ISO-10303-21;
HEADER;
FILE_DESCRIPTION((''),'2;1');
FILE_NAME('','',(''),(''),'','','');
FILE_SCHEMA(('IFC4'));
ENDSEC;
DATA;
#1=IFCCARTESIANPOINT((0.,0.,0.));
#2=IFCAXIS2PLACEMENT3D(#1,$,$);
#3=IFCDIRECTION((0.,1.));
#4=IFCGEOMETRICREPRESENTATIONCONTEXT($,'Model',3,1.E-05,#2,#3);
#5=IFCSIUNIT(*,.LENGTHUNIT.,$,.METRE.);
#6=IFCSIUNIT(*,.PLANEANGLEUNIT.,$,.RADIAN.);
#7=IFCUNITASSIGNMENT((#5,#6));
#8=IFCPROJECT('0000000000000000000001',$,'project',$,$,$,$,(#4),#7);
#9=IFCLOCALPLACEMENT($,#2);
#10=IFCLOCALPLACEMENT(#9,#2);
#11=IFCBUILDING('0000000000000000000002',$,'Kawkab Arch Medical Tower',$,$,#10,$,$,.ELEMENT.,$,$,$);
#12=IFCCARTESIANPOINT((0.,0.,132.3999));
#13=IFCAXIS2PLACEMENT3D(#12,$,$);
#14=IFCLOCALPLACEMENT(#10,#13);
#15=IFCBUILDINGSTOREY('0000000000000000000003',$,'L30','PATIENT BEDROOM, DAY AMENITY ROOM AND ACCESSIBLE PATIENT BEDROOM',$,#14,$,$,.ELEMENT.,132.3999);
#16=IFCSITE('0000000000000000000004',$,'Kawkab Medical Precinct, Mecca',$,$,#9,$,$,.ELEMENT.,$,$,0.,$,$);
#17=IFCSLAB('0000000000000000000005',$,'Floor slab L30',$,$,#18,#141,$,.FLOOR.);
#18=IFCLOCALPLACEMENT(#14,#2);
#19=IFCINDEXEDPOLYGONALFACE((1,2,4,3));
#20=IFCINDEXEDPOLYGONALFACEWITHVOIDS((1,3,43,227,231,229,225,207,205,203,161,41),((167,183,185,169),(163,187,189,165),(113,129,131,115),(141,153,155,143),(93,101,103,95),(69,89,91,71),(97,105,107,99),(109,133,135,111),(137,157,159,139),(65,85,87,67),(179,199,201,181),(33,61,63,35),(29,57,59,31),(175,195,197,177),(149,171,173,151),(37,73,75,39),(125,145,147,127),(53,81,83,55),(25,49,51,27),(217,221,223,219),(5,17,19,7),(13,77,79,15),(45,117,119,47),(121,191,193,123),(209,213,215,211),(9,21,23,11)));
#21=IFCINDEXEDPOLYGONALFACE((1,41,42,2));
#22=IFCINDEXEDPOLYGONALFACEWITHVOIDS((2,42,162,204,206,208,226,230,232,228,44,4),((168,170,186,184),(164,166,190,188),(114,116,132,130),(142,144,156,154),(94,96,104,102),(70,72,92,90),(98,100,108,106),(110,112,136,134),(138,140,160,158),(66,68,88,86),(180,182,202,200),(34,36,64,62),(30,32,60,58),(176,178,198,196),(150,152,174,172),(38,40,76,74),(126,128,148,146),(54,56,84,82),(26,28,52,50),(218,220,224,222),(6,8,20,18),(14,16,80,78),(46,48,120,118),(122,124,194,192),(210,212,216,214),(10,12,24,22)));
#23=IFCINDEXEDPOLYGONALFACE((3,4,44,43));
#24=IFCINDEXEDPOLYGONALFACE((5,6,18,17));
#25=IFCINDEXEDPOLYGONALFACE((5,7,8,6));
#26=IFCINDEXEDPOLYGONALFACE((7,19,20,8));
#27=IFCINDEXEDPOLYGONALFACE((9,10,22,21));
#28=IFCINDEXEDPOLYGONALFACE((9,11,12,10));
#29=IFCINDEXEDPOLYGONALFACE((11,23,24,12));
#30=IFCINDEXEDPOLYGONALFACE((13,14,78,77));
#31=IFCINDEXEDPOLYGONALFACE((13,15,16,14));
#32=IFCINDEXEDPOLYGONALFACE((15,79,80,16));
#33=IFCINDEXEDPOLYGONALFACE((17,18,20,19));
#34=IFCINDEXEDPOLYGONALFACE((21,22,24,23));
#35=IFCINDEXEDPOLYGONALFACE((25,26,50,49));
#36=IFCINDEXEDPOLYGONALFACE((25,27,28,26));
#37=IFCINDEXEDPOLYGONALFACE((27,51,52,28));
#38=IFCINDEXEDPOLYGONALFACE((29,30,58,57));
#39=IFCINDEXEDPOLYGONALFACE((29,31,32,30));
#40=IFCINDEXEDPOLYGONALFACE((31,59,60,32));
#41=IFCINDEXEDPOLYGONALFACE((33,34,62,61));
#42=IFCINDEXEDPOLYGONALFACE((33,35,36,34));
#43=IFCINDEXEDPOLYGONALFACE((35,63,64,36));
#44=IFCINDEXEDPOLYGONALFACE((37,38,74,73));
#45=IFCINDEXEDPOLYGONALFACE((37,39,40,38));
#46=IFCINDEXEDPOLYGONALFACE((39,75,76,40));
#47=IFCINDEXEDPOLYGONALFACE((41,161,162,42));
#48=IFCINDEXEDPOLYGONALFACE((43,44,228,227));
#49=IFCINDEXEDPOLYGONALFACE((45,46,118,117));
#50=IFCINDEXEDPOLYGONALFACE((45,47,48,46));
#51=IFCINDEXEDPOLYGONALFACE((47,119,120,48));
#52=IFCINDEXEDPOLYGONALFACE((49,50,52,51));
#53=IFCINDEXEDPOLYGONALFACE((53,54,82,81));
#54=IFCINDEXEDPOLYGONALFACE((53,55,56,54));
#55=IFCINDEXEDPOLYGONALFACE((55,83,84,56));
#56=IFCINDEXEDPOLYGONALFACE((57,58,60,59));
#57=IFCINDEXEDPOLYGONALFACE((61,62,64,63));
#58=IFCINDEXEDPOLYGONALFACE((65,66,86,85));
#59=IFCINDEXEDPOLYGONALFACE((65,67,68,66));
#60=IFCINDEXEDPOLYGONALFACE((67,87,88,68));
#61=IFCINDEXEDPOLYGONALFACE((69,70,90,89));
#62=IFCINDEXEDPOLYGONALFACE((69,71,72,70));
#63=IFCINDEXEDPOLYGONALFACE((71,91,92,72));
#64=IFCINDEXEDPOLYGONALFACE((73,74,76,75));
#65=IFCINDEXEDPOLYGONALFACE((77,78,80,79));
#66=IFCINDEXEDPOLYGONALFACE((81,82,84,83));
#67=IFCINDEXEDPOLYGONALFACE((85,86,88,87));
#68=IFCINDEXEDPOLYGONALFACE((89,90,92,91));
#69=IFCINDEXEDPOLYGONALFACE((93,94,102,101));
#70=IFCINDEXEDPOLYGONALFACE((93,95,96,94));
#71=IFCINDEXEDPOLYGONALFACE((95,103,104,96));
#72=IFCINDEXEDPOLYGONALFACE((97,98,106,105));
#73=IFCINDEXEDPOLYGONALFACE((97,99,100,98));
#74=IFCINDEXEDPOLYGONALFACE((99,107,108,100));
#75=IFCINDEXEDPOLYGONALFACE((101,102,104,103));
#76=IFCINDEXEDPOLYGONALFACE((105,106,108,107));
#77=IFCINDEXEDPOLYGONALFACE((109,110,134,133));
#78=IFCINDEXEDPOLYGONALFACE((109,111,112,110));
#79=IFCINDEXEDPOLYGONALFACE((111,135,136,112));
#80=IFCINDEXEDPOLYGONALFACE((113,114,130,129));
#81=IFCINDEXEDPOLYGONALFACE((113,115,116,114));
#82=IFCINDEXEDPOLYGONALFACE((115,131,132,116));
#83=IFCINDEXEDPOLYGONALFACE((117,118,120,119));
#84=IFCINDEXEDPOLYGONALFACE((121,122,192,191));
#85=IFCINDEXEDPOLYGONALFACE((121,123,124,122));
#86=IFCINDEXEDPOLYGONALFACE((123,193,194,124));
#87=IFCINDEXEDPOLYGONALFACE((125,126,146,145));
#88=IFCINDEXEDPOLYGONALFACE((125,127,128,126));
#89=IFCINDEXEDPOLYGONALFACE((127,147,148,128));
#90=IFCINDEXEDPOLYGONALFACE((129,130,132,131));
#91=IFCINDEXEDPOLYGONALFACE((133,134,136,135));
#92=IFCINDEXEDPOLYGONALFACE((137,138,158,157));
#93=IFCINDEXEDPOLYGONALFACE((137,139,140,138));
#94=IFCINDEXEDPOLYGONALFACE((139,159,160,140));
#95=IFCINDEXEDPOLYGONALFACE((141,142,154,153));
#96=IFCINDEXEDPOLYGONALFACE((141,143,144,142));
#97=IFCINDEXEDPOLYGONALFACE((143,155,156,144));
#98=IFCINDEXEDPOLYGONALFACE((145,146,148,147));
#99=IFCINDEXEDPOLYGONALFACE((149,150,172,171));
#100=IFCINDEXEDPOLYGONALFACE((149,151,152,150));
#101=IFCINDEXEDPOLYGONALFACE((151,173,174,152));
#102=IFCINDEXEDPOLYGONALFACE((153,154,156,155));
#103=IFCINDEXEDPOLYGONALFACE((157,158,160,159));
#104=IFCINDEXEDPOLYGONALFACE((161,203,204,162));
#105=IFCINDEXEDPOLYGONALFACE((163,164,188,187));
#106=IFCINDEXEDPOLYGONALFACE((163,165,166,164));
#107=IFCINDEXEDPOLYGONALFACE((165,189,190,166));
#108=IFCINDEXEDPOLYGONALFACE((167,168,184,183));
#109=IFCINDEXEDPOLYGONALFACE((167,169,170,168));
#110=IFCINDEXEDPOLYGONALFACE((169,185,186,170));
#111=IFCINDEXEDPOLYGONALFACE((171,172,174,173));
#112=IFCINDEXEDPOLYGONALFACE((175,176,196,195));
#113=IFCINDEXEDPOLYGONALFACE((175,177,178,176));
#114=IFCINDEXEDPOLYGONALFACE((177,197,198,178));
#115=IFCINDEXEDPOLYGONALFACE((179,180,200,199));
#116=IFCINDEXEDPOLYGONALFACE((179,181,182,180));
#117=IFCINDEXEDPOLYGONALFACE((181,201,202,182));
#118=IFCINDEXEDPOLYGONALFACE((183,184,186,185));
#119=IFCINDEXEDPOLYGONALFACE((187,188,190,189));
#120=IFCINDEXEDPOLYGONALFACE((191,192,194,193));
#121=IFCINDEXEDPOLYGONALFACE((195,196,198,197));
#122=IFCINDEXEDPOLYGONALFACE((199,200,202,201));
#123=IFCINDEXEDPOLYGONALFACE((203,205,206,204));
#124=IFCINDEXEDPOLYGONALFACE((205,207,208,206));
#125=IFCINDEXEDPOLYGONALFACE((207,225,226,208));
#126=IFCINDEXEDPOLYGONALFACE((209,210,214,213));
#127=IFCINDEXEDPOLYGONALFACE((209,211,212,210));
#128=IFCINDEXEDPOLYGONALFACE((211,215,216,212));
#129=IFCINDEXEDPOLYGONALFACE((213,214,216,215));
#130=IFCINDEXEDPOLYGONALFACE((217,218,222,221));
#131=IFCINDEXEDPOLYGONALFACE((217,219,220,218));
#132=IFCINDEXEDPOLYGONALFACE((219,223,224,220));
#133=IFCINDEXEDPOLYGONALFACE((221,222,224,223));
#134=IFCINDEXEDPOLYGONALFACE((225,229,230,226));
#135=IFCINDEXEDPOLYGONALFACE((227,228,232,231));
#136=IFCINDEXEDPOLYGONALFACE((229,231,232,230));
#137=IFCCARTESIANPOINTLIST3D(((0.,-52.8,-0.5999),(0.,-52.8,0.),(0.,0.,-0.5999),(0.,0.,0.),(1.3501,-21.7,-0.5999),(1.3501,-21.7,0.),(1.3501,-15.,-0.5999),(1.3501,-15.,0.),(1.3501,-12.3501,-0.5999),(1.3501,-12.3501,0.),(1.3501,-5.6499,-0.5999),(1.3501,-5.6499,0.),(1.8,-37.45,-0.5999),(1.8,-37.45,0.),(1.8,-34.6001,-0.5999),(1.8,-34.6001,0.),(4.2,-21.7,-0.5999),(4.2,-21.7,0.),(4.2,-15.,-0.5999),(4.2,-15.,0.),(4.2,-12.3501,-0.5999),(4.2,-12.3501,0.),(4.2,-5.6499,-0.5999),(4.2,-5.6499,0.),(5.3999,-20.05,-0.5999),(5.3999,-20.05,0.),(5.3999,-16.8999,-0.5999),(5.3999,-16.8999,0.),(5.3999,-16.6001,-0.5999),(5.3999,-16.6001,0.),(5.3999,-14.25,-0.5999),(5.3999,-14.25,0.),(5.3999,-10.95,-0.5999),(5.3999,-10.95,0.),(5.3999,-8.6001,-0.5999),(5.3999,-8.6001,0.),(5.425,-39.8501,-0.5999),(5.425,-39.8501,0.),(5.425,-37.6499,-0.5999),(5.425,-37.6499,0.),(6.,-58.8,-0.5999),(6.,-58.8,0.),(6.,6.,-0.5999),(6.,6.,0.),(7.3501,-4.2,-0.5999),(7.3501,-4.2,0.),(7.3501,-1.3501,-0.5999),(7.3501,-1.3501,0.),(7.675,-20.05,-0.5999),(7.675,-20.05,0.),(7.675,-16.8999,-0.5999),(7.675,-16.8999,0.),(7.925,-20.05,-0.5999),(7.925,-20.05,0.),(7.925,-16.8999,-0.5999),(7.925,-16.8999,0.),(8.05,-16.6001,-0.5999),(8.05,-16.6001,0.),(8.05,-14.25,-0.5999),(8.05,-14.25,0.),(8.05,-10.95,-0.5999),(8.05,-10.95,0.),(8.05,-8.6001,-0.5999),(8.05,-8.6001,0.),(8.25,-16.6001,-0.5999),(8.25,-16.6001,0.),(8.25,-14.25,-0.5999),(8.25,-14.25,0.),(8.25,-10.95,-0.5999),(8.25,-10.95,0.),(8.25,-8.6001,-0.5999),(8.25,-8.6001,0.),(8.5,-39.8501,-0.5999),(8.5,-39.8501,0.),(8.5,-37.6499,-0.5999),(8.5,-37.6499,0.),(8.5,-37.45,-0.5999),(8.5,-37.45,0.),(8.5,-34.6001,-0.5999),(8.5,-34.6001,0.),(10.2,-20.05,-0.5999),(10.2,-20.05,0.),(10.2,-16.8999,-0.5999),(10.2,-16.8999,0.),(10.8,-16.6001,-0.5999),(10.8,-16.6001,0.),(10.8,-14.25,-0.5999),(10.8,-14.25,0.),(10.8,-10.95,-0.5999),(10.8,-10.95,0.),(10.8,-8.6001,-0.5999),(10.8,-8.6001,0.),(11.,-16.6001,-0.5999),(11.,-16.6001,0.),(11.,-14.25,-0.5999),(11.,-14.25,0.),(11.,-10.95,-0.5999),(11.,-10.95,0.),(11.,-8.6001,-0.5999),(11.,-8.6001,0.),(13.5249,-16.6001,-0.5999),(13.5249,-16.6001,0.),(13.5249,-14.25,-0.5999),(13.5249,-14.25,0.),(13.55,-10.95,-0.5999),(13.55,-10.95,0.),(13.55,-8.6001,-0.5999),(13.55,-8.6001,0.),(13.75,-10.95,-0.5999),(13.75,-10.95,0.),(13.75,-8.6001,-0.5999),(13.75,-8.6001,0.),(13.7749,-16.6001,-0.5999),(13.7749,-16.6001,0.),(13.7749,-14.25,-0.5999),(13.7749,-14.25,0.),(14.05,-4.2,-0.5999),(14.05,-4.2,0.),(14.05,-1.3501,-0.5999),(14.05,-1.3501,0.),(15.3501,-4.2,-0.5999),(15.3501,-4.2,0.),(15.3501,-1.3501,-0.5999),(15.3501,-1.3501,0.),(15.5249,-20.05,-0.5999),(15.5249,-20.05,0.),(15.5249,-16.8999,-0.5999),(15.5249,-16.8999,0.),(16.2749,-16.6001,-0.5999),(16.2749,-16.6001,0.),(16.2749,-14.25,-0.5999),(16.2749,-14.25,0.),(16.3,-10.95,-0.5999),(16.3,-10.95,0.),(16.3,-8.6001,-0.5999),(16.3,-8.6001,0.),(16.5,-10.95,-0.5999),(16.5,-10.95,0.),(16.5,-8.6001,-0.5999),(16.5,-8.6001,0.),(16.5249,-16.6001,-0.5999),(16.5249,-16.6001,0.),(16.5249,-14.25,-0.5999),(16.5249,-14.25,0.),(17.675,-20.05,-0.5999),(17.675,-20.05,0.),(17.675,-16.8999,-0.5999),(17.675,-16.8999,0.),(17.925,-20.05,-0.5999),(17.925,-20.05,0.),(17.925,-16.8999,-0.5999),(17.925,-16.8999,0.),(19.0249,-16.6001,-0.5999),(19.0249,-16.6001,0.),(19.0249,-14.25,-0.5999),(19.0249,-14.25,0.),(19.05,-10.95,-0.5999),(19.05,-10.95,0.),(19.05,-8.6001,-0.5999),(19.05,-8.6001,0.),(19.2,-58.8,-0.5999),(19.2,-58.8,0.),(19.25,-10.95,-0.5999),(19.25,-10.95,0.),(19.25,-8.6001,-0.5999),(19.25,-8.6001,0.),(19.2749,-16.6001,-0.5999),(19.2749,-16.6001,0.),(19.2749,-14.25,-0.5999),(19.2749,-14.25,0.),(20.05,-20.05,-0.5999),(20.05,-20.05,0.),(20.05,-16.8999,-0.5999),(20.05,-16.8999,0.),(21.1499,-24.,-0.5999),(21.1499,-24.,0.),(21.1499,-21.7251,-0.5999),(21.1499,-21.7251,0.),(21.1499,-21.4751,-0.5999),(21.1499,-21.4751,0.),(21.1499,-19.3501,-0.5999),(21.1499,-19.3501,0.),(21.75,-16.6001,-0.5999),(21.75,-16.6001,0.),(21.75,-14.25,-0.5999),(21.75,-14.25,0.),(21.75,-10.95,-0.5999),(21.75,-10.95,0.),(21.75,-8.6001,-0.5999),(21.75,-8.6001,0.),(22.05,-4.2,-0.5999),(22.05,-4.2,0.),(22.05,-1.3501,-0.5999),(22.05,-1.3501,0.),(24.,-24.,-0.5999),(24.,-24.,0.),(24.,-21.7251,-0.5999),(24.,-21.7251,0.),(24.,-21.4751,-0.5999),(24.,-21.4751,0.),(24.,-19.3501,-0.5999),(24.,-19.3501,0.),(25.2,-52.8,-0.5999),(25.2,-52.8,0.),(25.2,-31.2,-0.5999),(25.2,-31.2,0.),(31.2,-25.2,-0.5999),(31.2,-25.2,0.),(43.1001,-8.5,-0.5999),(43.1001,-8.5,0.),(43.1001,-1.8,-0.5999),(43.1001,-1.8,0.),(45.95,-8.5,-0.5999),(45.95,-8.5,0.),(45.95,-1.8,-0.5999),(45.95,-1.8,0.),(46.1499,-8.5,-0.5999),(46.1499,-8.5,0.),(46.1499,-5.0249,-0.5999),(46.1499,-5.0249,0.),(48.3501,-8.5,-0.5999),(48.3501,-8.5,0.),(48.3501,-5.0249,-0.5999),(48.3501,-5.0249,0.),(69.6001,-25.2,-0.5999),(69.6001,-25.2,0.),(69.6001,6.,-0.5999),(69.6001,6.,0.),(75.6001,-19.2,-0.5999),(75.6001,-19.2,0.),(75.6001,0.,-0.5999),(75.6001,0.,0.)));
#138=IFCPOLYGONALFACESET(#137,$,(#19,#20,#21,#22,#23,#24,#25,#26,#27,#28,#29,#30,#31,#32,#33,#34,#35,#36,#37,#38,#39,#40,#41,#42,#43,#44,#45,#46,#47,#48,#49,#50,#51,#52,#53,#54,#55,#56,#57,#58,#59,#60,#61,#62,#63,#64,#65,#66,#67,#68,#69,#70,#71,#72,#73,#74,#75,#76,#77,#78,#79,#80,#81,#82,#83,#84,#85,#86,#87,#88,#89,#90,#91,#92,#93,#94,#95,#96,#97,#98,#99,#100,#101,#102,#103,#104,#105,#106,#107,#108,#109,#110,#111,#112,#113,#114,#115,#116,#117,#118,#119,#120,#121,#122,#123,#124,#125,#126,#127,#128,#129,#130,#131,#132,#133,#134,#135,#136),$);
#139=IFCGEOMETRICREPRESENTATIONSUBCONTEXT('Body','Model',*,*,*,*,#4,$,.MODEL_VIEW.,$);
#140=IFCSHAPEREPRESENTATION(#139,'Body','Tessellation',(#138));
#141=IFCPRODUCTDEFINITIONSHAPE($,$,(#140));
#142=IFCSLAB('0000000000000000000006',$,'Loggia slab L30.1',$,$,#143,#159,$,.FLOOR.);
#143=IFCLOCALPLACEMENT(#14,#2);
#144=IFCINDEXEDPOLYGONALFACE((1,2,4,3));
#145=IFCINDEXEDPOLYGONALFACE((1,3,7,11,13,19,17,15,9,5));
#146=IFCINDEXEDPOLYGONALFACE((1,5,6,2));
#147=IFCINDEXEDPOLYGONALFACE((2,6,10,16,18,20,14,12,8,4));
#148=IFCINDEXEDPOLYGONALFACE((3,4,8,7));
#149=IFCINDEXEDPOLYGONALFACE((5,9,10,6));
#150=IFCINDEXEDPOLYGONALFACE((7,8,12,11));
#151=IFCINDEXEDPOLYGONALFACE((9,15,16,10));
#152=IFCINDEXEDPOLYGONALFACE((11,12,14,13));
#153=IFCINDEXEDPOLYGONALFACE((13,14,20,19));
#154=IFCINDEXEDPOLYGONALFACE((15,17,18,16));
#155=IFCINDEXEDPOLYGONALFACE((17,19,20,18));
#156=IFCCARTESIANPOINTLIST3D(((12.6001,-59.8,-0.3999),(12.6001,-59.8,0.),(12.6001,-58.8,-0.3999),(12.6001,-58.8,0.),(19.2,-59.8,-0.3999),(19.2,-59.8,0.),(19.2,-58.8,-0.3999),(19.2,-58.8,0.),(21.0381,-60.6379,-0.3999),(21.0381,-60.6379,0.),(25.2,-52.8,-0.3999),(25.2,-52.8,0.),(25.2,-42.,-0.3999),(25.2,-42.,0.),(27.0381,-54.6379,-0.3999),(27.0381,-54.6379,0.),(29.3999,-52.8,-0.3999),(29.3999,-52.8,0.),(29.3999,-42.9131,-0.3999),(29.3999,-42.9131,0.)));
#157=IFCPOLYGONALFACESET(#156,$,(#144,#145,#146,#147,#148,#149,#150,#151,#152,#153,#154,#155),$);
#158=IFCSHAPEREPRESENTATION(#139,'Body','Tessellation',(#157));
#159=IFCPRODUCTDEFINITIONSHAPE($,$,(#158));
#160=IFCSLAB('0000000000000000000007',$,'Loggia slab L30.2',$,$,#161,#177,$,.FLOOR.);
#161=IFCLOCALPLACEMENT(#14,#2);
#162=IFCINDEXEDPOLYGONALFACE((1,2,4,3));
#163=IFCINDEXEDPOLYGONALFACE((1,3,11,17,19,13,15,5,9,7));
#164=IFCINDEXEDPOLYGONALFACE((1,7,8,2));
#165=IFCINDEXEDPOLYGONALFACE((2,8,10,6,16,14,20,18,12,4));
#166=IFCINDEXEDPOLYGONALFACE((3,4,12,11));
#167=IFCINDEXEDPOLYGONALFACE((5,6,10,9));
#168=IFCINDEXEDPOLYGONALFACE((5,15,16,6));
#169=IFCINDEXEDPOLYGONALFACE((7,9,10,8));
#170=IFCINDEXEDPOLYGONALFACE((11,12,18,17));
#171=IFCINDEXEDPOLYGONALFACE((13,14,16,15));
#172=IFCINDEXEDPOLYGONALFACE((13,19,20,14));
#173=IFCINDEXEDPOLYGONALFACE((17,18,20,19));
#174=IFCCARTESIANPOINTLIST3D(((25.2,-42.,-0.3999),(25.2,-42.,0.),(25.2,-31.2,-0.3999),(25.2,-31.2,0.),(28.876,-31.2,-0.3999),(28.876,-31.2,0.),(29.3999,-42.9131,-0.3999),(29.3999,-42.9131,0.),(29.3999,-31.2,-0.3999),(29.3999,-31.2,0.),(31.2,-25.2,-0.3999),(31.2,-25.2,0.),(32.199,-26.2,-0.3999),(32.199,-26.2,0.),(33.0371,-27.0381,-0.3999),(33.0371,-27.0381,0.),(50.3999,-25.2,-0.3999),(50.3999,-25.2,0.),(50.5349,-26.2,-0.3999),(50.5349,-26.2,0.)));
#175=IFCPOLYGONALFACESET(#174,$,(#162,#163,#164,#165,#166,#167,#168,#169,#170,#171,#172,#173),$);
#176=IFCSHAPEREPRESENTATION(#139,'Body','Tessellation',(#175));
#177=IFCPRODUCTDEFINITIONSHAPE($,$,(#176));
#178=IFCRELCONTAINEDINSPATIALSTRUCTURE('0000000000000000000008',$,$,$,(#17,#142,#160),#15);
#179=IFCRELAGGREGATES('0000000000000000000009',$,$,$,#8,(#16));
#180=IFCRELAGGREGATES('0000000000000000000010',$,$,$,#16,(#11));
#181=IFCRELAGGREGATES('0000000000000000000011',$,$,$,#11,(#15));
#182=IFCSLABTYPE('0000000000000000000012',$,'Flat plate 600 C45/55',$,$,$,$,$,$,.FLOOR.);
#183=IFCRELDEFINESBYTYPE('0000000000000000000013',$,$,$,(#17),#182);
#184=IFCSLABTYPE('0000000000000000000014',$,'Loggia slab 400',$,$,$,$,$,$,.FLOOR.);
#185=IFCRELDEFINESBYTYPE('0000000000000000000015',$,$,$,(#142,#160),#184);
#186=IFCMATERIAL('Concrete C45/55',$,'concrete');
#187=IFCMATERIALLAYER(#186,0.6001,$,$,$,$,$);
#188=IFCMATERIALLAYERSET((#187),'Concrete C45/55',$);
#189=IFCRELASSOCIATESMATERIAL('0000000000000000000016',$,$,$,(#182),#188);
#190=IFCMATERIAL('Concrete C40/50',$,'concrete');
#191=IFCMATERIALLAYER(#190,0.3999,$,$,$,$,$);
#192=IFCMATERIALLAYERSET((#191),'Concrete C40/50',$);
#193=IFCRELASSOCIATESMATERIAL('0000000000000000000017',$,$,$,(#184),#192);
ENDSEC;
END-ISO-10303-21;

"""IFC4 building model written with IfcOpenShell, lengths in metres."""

from ifc_helpers import new_model, si_unit, direction, frame, origin, place, context, subcontext, project, spatial, polyline, outline, extrude, material, layer, layer_set, type_object, element, save


model = new_model("IFC4")

# Units and contexts
model_context = context("Model", 3, precision=1e-05, world=origin(), true_north=direction((0.0, 1.0)))
body_context = subcontext(model_context, "Body", "Model", "MODEL_VIEW")
ifc_project = project(units=[si_unit("LENGTHUNIT", "METRE"), si_unit("PLANEANGLEUNIT", "RADIAN")], contexts=[model_context])

# Site, building, storey
site_placement = place(None, origin())
site = spatial("IfcSite", under=ifc_project, at=site_placement, Name="Kawkab Medical Precinct, Mecca", CompositionType="ELEMENT", RefElevation=0.0)
building_placement = place(site_placement, origin())
building = spatial("IfcBuilding", under=site, at=building_placement, Name="Kawkab Arch Medical Tower", CompositionType="ELEMENT")
storey_placement = place(building_placement, frame((0.0, 0.0, 132.3999)))
storey = spatial("IfcBuildingStorey", under=building, at=storey_placement, Name="L30", Description="PATIENT BEDROOM, DAY AMENITY ROOM AND ACCESSIBLE PATIENT BEDROOM", CompositionType="ELEMENT", Elevation=132.3999)

# Slabs
ifc_material_1 = material(Name="Concrete C45/55", Category="concrete")
ifc_layer_1 = layer(ifc_material_1, 0.6001)
ifc_layer_set_1 = layer_set([ifc_layer_1], Name="Concrete C45/55")
slab_type_1 = type_object("IfcSlabType", Name="Flat plate 600 C45/55", PredefinedType="FLOOR", material=ifc_layer_set_1)
slab_1_placement = place(storey_placement, frame((0.0, 0.0, -0.5999)))
element("IfcSlab", 1, at=slab_1_placement, inside=storey, type_object=slab_type_1, Name="Floor slab L30", PredefinedType="FLOOR", context=body_context, shape_type="SweptSolid", body=[
    extrude(outline(polyline([(6.0, 6.0), (69.6001, 6.0), (75.6001, 0.0), (75.6001, -19.2), (69.6001, -25.2), (31.2, -25.2), (25.2, -31.2), (25.2, -52.8), (19.2, -58.8), (6.0, -58.8), (0.0, -52.8), (0.0, 0.0), (6.0, 6.0)]), holes=[polyline([(5.425, -37.6499), (5.425, -39.8501), (8.5, -39.8501), (8.5, -37.6499), (5.425, -37.6499)]), polyline([(1.8, -37.45), (8.5, -37.45), (8.5, -34.6001), (1.8, -34.6001), (1.8, -37.45)]), polyline([(5.3999, -16.8999), (5.3999, -20.05), (7.675, -20.05), (7.675, -16.8999), (5.3999, -16.8999)]), polyline([(10.2, -16.8999), (7.925, -16.8999), (7.925, -20.05), (10.2, -20.05), (10.2, -16.8999)]), polyline([(4.2, -21.7), (4.2, -15.0), (1.3501, -15.0), (1.3501, -21.7), (4.2, -21.7)]), polyline([(5.3999, -14.25), (5.3999, -16.6001), (8.05, -16.6001), (8.05, -14.25), (5.3999, -14.25)]), polyline([(8.25, -16.6001), (10.8, -16.6001), (10.8, -14.25), (8.25, -14.25), (8.25, -16.6001)]), polyline([(13.5249, -14.25), (11.0, -14.25), (11.0, -16.6001), (13.5249, -16.6001), (13.5249, -14.25)]), polyline([(5.3999, -8.6001), (5.3999, -10.95), (8.05, -10.95), (8.05, -8.6001), (5.3999, -8.6001)]), polyline([(8.25, -10.95), (10.8, -10.95), (10.8, -8.6001), (8.25, -8.6001), (8.25, -10.95)]), polyline([(11.0, -8.6001), (11.0, -10.95), (13.55, -10.95), (13.55, -8.6001), (11.0, -8.6001)]), polyline([(4.2, -12.3501), (4.2, -5.6499), (1.3501, -5.6499), (1.3501, -12.3501), (4.2, -12.3501)]), polyline([(7.3501, -4.2), (14.05, -4.2), (14.05, -1.3501), (7.3501, -1.3501), (7.3501, -4.2)]), polyline([(24.0, -21.7251), (21.1499, -21.7251), (21.1499, -24.0), (24.0, -24.0), (24.0, -21.7251)]), polyline([(24.0, -21.4751), (24.0, -19.3501), (21.1499, -19.3501), (21.1499, -21.4751), (24.0, -21.4751)]), polyline([(15.5249, -16.8999), (15.5249, -20.05), (17.675, -20.05), (17.675, -16.8999), (15.5249, -16.8999)]), polyline([(20.05, -20.05), (20.05, -16.8999), (17.925, -16.8999), (17.925, -20.05), (20.05, -20.05)]), polyline([(16.2749, -14.25), (13.7749, -14.25), (13.7749, -16.6001), (16.2749, -16.6001), (16.2749, -14.25)]), polyline([(16.5249, -16.6001), (19.0249, -16.6001), (19.0249, -14.25), (16.5249, -14.25), (16.5249, -16.6001)]), polyline([(19.2749, -16.6001), (21.75, -16.6001), (21.75, -14.25), (19.2749, -14.25), (19.2749, -16.6001)]), polyline([(13.75, -8.6001), (13.75, -10.95), (16.3, -10.95), (16.3, -8.6001), (13.75, -8.6001)]), polyline([(19.05, -10.95), (19.05, -8.6001), (16.5, -8.6001), (16.5, -10.95), (19.05, -10.95)]), polyline([(19.25, -10.95), (21.75, -10.95), (21.75, -8.6001), (19.25, -8.6001), (19.25, -10.95)]), polyline([(46.1499, -5.0249), (46.1499, -8.5), (48.3501, -8.5), (48.3501, -5.0249), (46.1499, -5.0249)]), polyline([(43.1001, -1.8), (43.1001, -8.5), (45.95, -8.5), (45.95, -1.8), (43.1001, -1.8)]), polyline([(22.05, -1.3501), (15.3501, -1.3501), (15.3501, -4.2), (22.05, -4.2), (22.05, -1.3501)])]), origin(), (0.0, 0.0, 1.0), 0.5999),
])
ifc_material_2 = material(Name="Concrete C40/50", Category="concrete")
ifc_layer_2 = layer(ifc_material_2, 0.3999)
ifc_layer_set_2 = layer_set([ifc_layer_2], Name="Concrete C40/50")
slab_type_2 = type_object("IfcSlabType", Name="Loggia slab 400", PredefinedType="FLOOR", material=ifc_layer_set_2)
placement_1 = place(storey_placement, frame((0.0, 0.0, -0.3999)))
element("IfcSlab", 2, at=placement_1, inside=storey, type_object=slab_type_2, Name="Loggia slab L30.1", PredefinedType="FLOOR", context=body_context, shape_type="SweptSolid", body=[
    extrude(outline(polyline([(19.2, -59.8), (12.6001, -59.8), (12.6001, -58.8), (19.2, -58.8), (25.2, -52.8), (25.2, -42.0), (29.3999, -42.9131), (29.3999, -52.8), (27.0381, -54.6379), (21.0381, -60.6379), (19.2, -59.8)])), origin(), (0.0, 0.0, 1.0), 0.3999),
])
element("IfcSlab", 3, at=placement_1, inside=storey, type_object=slab_type_2, Name="Loggia slab L30.2", PredefinedType="FLOOR", context=body_context, shape_type="SweptSolid", body=[
    extrude(outline(polyline([(33.0371, -27.0381), (28.876, -31.2), (29.3999, -31.2), (29.3999, -42.9131), (25.2, -42.0), (25.2, -31.2), (31.2, -25.2), (50.3999, -25.2), (50.5349, -26.2), (32.199, -26.2), (33.0371, -27.0381)])), origin(), (0.0, 0.0, 1.0), 0.3999),
])

save(model, "model.ifc")
